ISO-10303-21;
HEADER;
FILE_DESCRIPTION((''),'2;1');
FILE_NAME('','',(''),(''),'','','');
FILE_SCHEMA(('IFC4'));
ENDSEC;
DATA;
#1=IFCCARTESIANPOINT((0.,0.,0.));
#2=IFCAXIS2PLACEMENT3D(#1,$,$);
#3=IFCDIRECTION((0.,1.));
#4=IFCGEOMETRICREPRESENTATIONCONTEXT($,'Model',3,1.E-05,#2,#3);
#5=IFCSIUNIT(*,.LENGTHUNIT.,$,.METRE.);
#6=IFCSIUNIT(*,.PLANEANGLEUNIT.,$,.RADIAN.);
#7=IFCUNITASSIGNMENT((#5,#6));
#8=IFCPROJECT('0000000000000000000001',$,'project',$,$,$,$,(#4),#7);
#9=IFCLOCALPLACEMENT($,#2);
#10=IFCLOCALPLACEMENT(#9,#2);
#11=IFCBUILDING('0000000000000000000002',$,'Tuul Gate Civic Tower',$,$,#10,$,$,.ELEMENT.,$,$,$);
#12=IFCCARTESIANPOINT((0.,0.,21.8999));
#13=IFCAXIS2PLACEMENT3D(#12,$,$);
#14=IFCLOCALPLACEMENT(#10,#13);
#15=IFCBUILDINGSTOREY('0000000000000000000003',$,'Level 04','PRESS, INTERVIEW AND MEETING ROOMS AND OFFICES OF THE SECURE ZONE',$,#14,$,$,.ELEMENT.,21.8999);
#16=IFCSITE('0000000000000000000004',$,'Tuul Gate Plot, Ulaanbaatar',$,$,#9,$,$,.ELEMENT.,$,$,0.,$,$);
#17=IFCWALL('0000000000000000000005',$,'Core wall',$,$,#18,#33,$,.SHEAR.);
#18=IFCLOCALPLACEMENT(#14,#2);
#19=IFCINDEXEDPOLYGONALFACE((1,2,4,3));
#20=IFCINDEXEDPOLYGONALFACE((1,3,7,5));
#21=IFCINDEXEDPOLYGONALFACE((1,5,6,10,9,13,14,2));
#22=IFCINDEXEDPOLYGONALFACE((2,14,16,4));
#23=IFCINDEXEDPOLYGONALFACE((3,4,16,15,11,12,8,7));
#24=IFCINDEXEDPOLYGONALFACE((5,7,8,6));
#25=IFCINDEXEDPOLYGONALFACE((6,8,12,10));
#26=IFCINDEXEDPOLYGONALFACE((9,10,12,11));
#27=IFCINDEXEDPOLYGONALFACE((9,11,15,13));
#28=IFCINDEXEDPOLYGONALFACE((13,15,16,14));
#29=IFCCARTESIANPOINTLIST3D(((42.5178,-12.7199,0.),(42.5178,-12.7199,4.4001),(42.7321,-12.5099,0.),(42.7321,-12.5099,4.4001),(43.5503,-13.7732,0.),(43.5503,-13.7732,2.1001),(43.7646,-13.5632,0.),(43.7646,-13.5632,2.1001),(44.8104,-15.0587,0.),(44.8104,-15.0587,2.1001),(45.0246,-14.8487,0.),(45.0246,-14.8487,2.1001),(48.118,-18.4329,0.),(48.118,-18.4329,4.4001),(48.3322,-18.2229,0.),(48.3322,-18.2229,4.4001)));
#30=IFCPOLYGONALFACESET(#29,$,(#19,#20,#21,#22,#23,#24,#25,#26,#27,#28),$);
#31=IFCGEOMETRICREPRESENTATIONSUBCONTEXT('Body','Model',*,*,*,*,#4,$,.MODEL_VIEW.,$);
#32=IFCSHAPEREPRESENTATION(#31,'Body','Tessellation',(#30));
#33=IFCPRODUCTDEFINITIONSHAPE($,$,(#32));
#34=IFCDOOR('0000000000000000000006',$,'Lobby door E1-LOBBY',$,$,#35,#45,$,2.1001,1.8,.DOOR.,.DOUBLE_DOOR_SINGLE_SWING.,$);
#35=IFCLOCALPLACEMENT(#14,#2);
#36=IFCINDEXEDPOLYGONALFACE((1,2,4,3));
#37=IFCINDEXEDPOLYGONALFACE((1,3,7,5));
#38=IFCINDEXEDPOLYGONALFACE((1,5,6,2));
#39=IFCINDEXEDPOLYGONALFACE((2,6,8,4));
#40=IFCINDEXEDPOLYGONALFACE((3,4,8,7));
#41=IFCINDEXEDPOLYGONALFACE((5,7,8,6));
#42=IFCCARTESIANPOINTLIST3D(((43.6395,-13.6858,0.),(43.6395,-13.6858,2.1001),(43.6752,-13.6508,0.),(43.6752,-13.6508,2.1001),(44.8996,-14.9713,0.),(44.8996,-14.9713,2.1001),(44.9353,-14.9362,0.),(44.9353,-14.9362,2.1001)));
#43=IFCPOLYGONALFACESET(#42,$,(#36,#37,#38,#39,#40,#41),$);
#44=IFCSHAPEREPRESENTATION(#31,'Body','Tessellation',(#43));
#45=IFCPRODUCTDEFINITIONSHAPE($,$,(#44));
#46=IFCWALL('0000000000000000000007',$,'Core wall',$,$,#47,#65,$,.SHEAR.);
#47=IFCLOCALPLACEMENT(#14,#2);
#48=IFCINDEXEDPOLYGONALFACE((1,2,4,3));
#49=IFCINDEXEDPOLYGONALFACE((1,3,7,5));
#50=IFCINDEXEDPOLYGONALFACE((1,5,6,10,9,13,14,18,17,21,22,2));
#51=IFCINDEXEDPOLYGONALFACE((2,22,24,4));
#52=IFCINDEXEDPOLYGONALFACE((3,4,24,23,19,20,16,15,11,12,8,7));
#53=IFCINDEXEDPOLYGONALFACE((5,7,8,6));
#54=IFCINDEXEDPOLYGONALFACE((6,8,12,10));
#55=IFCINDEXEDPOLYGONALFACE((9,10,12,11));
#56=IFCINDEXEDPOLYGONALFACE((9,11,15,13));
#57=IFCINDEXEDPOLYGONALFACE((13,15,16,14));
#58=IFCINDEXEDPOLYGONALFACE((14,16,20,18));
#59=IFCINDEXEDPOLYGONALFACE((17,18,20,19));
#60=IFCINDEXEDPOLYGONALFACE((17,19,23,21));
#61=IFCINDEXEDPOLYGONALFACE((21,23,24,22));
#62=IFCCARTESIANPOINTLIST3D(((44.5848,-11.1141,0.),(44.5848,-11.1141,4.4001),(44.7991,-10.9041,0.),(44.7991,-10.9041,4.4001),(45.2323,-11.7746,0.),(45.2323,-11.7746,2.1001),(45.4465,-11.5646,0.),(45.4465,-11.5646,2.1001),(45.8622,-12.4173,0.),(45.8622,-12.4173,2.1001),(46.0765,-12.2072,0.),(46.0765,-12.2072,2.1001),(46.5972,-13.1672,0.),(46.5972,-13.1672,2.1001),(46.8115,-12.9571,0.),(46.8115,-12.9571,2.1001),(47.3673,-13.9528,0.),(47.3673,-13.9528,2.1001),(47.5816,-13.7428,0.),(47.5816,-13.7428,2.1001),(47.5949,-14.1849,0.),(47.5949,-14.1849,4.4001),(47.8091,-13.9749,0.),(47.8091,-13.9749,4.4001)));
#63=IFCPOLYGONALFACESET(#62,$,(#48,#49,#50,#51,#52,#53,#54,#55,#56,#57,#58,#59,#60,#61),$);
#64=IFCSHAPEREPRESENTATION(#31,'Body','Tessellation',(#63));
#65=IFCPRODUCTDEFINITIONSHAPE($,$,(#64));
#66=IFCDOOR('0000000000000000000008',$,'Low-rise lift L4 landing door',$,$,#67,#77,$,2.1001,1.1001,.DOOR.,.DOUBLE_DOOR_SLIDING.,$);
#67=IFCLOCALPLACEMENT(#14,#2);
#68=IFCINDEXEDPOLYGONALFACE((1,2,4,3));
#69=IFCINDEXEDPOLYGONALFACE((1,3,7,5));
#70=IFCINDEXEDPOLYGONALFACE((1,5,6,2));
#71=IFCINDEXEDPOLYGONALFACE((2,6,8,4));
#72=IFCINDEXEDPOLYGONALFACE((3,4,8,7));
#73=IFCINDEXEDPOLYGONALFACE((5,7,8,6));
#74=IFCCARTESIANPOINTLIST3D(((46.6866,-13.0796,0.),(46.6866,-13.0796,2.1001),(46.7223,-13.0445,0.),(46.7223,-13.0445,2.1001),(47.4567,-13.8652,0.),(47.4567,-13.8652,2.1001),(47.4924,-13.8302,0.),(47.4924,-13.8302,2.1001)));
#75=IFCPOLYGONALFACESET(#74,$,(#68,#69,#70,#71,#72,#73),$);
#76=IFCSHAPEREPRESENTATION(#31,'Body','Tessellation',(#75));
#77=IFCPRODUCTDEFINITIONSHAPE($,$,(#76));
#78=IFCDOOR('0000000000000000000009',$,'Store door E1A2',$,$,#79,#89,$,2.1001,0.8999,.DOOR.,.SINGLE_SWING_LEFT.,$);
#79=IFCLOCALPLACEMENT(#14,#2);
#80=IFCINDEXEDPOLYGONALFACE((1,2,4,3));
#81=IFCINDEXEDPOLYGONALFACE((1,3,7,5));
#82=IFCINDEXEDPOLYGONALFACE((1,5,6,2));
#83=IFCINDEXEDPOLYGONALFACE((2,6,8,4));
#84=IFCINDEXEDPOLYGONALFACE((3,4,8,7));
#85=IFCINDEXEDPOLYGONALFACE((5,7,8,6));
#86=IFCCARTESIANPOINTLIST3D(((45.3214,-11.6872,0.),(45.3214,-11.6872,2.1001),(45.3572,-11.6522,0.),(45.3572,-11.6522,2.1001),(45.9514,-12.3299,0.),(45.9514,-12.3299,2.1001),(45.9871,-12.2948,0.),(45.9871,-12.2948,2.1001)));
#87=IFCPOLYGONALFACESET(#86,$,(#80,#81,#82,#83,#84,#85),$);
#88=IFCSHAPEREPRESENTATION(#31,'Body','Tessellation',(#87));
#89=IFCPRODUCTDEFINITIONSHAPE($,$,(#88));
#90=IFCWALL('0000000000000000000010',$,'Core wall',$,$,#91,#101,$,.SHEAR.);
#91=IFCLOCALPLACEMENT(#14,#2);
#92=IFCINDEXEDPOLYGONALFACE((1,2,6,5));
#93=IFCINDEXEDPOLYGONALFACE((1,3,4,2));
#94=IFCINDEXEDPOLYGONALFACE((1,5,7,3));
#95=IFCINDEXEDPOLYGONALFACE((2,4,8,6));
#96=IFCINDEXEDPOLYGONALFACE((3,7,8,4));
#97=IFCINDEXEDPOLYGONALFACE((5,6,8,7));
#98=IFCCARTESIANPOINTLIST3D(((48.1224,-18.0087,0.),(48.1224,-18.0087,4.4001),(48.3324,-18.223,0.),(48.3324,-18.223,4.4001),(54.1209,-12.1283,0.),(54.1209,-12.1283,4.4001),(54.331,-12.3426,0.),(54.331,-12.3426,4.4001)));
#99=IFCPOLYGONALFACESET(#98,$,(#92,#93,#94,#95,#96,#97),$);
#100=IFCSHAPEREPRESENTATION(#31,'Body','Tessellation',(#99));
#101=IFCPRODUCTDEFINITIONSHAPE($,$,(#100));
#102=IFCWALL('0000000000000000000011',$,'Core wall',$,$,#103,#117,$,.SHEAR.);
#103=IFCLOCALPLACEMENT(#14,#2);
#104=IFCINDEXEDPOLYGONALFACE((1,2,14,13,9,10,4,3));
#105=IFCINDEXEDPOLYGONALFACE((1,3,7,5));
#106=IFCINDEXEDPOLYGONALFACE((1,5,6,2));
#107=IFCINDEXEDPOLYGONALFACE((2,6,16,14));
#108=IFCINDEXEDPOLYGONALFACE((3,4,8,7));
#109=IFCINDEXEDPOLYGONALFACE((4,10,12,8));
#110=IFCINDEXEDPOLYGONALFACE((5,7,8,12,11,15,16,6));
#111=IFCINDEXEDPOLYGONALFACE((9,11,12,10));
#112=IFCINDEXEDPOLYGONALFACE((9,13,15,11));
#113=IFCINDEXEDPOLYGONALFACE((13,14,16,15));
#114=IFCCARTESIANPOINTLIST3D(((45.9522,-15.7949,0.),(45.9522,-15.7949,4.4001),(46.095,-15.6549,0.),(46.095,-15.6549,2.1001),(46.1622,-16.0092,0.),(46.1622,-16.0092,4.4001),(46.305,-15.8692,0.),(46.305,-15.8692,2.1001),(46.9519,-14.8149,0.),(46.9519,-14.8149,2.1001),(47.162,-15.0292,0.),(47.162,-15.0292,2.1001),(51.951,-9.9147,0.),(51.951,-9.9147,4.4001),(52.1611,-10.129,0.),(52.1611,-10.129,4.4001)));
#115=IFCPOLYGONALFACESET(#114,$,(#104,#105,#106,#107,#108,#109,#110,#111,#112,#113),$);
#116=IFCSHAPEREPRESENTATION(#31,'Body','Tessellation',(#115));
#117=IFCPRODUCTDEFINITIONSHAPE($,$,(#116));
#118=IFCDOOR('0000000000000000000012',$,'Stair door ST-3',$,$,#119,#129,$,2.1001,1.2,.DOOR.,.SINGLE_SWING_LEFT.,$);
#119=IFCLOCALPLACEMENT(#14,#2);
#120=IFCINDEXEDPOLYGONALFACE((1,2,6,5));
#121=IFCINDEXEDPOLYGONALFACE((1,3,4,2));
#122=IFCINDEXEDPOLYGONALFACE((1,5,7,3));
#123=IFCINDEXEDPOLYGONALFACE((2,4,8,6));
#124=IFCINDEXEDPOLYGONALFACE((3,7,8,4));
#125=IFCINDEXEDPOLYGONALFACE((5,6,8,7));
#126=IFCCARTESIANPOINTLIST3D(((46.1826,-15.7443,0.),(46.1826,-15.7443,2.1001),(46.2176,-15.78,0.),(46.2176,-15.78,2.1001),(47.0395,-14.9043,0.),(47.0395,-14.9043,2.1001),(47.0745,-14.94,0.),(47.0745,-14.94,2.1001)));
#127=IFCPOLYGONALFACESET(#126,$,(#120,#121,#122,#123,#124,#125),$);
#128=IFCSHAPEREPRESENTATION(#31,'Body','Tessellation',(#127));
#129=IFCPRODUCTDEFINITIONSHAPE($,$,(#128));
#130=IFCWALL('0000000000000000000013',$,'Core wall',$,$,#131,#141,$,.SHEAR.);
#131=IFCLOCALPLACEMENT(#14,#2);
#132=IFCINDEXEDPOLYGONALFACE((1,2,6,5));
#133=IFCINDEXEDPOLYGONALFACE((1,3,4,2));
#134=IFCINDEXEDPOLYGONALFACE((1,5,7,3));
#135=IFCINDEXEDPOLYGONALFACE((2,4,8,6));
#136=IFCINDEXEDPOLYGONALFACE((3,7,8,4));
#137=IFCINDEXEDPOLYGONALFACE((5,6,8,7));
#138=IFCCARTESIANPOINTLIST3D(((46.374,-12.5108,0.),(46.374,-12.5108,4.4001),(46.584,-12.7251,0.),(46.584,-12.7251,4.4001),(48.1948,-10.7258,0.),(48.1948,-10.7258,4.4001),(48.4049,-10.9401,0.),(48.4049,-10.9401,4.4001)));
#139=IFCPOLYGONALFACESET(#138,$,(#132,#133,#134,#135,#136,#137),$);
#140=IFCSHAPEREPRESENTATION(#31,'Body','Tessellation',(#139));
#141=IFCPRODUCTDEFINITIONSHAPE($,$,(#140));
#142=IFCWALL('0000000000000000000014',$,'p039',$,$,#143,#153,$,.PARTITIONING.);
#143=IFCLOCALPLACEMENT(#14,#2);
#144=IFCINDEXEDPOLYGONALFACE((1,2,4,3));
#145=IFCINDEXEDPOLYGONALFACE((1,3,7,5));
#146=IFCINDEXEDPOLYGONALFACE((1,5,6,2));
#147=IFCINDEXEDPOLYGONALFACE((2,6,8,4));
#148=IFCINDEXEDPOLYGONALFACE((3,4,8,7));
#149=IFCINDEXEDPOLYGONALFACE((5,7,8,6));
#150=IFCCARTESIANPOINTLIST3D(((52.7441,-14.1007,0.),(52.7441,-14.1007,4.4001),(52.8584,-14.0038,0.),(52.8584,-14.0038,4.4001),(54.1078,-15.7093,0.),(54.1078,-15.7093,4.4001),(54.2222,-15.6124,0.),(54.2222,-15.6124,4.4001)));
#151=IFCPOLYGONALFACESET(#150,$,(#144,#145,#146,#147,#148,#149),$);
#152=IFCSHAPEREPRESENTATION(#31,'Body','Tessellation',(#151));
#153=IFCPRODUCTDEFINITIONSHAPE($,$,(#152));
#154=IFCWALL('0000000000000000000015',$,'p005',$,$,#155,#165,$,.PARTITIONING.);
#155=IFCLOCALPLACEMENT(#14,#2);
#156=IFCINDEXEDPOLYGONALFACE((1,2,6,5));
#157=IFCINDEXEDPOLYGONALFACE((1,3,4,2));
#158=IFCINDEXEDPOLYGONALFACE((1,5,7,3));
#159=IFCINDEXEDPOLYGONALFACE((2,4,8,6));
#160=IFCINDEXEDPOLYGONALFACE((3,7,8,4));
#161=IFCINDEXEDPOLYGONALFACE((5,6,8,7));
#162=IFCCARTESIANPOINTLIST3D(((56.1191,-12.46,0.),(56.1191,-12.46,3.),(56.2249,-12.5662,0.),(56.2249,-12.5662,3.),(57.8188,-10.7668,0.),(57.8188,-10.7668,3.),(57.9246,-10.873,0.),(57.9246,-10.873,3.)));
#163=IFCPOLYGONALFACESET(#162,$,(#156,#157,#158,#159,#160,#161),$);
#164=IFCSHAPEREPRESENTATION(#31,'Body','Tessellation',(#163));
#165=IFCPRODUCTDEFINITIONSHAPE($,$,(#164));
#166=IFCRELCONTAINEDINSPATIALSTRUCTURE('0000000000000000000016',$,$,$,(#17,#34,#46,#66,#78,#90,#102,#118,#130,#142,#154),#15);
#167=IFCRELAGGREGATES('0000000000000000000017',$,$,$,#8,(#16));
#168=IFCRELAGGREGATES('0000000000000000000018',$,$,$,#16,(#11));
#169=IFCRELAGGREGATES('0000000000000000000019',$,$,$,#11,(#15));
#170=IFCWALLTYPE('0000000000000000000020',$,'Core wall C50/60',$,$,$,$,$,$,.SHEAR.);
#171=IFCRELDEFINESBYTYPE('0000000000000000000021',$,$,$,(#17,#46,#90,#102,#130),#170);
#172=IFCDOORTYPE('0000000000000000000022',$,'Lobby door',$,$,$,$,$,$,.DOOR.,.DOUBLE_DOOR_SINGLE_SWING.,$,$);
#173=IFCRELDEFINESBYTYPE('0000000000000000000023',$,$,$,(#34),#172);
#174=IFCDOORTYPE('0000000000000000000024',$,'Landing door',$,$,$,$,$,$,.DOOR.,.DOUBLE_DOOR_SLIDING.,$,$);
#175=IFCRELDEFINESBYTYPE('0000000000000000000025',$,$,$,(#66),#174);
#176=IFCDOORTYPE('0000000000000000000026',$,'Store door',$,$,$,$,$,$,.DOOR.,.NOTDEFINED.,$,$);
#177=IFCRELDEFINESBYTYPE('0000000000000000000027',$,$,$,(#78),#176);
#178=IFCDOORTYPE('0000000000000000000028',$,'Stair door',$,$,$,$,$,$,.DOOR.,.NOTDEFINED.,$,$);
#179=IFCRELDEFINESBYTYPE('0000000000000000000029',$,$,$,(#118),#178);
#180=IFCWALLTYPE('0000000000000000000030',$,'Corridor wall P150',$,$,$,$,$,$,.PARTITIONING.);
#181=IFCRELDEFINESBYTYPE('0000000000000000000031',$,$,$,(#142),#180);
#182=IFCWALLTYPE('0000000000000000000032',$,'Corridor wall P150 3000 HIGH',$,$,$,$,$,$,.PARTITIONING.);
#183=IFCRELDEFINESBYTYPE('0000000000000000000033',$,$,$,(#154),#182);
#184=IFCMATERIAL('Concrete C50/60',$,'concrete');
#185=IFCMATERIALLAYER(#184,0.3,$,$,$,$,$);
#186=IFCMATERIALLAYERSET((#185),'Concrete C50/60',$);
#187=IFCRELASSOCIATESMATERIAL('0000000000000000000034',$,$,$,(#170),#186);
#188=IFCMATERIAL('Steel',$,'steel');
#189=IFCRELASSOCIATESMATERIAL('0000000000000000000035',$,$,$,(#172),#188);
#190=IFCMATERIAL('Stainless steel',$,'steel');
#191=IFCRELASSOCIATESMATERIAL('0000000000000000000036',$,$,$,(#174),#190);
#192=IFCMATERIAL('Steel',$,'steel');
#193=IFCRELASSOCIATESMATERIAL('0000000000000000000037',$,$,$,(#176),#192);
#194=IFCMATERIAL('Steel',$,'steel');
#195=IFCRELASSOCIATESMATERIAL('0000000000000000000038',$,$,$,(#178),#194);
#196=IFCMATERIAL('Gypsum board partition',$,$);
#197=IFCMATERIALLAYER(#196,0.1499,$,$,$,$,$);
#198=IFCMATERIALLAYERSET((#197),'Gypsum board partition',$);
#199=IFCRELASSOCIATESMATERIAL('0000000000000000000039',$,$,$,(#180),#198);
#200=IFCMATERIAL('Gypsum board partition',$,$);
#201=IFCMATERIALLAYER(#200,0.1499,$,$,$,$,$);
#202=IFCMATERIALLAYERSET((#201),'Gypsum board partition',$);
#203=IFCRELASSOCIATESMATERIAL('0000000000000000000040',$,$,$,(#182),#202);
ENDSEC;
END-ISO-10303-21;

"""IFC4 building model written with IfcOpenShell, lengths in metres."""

from ifc_helpers import new_model, si_unit, direction, frame, frame_2d, origin, place, context, subcontext, project, spatial, rectangle, extrude, material, layer, layer_set, type_object, element, fill, save


model = new_model("IFC4")

# Units and contexts
model_context = context("Model", 3, precision=1e-05, world=origin(), true_north=direction((0.0, 1.0)))
body_context = subcontext(model_context, "Body", "Model", "MODEL_VIEW")
ifc_project = project(units=[si_unit("LENGTHUNIT", "METRE"), si_unit("PLANEANGLEUNIT", "RADIAN")], contexts=[model_context])

# Site, building, storey
site_placement = place(None, origin())
site = spatial("IfcSite", under=ifc_project, at=site_placement, Name="Tuul Gate Plot, Ulaanbaatar", CompositionType="ELEMENT", RefElevation=0.0)
building_placement = place(site_placement, origin())
building = spatial("IfcBuilding", under=site, at=building_placement, Name="Tuul Gate Civic Tower", CompositionType="ELEMENT")
storey_placement = place(building_placement, frame((0.0, 0.0, 21.8999)))
storey = spatial("IfcBuildingStorey", under=building, at=storey_placement, Name="Level 04", Description="PRESS, INTERVIEW AND MEETING ROOMS AND OFFICES OF THE SECURE ZONE", CompositionType="ELEMENT", Elevation=21.8999)

# Wall, opening, door
ifc_material_1 = material(Name="Concrete C50/60", Category="concrete")
ifc_layer_1 = layer(ifc_material_1, 0.3)
ifc_layer_set_1 = layer_set([ifc_layer_1], Name="Concrete C50/60")
wall_type_1 = type_object("IfcWallType", Name="Core wall C50/60", PredefinedType="SHEAR", material=ifc_layer_set_1)
wall_1_placement = place(storey_placement, frame((48.2251, -18.3279, 0.0), z_axis=(0.0, 0.0, 1.0), x_axis=(-0.700022, 0.714121, 0.0)))
wall_1 = element("IfcWall", 1, at=wall_1_placement, inside=storey, type_object=wall_type_1, Name="Core wall", PredefinedType="SHEAR", context=body_context, shape_type="SweptSolid", body=[
    extrude(rectangle(XDim=8.0, YDim=0.3, at=frame_2d((4.0, 0.0))), origin(), (0.0, 0.0, 1.0), 4.4001),
])
opening_1_placement = place(wall_1_placement, frame((4.7251, 0.0, 0.0)))
opening_1 = element("IfcOpeningElement", 2, at=opening_1_placement, cuts=wall_1, PredefinedType="OPENING", context=body_context, shape_type="SweptSolid", body=[
    extrude(rectangle(XDim=1.8, YDim=2.1001, at=frame_2d((0.8999, 1.05))), frame((0.0, 0.1602, 0.0), z_axis=(0.0, -1.0, 0.0), x_axis=(1.0, 0.0, 0.0)), (0.0, 0.0, 1.0), 0.3201),
])
ifc_material_2 = material(Name="Steel", Category="steel")
door_type_1 = type_object("IfcDoorType", Name="Lobby door", OperationType="DOUBLE_DOOR_SINGLE_SWING", PredefinedType="DOOR", material=ifc_material_2)
door_1_placement = place(opening_1_placement, frame((1.8, 0.0, 0.0), z_axis=(0.0, 0.0, 1.0), x_axis=(-1.0, 0.0, 0.0)))
door_1 = element("IfcDoor", 3, at=door_1_placement, inside=storey, type_object=door_type_1, Name="Lobby door E1-LOBBY", OperationType="DOUBLE_DOOR_SINGLE_SWING", OverallHeight=2.1001, OverallWidth=1.8, PredefinedType="DOOR", context=body_context, shape_type="SweptSolid", body=[
    extrude(rectangle(XDim=1.8, YDim=2.1001, at=frame_2d((0.9001, 1.05))), frame((0.0, 0.0249, 0.0), z_axis=(0.0, -1.0, 0.0), x_axis=(1.0, 0.0, 0.0)), (0.0, 0.0, 1.0), 0.05),
])
fill(opening_1, door_1)

# Wall, openings, doors
wall_2_placement = place(storey_placement, frame((47.7019, -14.0798, 0.0), z_axis=(0.0, 0.0, 1.0), x_axis=(-0.700003, 0.71414, 0.0)))
wall_2 = element("IfcWall", 4, at=wall_2_placement, inside=storey, type_object=wall_type_1, Name="Core wall", PredefinedType="SHEAR", context=body_context, shape_type="SweptSolid", body=[
    extrude(rectangle(XDim=4.3, YDim=0.3, at=frame_2d((2.1499, 0.0))), origin(), (0.0, 0.0, 1.0), 4.4001),
])
opening_2_placement = place(wall_2_placement, frame((0.325, 0.0, 0.0)))
opening_2 = element("IfcOpeningElement", 5, at=opening_2_placement, cuts=wall_2, PredefinedType="OPENING", context=body_context, shape_type="SweptSolid", body=[
    extrude(rectangle(XDim=1.1001, YDim=2.1001, at=frame_2d((0.55, 1.05))), frame((0.0, 0.1602, 0.0), z_axis=(0.0, -1.0, 0.0), x_axis=(1.0, 0.0, 0.0)), (0.0, 0.0, 1.0), 0.3201),
])
opening_3_placement = place(wall_2_placement, frame((2.4751, 0.0, 0.0)))
opening_3 = element("IfcOpeningElement", 6, at=opening_3_placement, cuts=wall_2, PredefinedType="OPENING", context=body_context, shape_type="SweptSolid", body=[
    extrude(rectangle(XDim=0.8999, YDim=2.1001, at=frame_2d((0.45, 1.05))), frame((0.0, 0.1602, 0.0), z_axis=(0.0, -1.0, 0.0), x_axis=(1.0, 0.0, 0.0)), (0.0, 0.0, 1.0), 0.3201),
])
ifc_material_3 = material(Name="Stainless steel", Category="steel")
door_type_2 = type_object("IfcDoorType", Name="Landing door", OperationType="DOUBLE_DOOR_SLIDING", PredefinedType="DOOR", material=ifc_material_3)
door_2_placement = place(opening_2_placement, origin())
door_2 = element("IfcDoor", 7, at=door_2_placement, inside=storey, type_object=door_type_2, Name="Low-rise lift L4 landing door", OperationType="DOUBLE_DOOR_SLIDING", OverallHeight=2.1001, OverallWidth=1.1001, PredefinedType="DOOR", context=body_context, shape_type="SweptSolid", body=[
    extrude(rectangle(XDim=1.1001, YDim=2.1001, at=frame_2d((0.55, 1.05))), frame((0.0, 0.0249, 0.0), z_axis=(0.0, -1.0, 0.0), x_axis=(1.0, 0.0, 0.0)), (0.0, 0.0, 1.0), 0.05),
])
fill(opening_2, door_2)
ifc_material_4 = material(Name="Steel", Category="steel")
door_type_3 = type_object("IfcDoorType", Name="Store door", OperationType="NOTDEFINED", PredefinedType="DOOR", material=ifc_material_4)
door_3_placement = place(opening_3_placement, frame((0.8999, 0.0, 0.0), z_axis=(0.0, 0.0, 1.0), x_axis=(-1.0, 0.0, 0.0)))
door_3 = element("IfcDoor", 8, at=door_3_placement, inside=storey, type_object=door_type_3, Name="Store door E1A2", OperationType="SINGLE_SWING_LEFT", OverallHeight=2.1001, OverallWidth=0.8999, PredefinedType="DOOR", context=body_context, shape_type="SweptSolid", body=[
    extrude(rectangle(XDim=0.8999, YDim=2.1001, at=frame_2d((0.45, 1.05))), frame((0.0, 0.0249, 0.0), z_axis=(0.0, -1.0, 0.0), x_axis=(1.0, 0.0, 0.0)), (0.0, 0.0, 1.0), 0.05),
])
fill(opening_3, door_3)

# Wall
wall_3_placement = place(storey_placement, frame((48.2273, -18.116, 0.0), z_axis=(0.0, 0.0, 1.0), x_axis=(0.714105, 0.700038, 0.0)))
element("IfcWall", 9, at=wall_3_placement, inside=storey, type_object=wall_type_1, Name="Core wall", PredefinedType="SHEAR", context=body_context, shape_type="SweptSolid", body=[
    extrude(rectangle(XDim=8.4001, YDim=0.3, at=frame_2d((4.2002, 0.0))), origin(), (0.0, 0.0, 1.0), 4.4001),
])

# Wall, opening, door
wall_4_placement = place(storey_placement, frame((46.0571, -15.9021, 0.0), z_axis=(0.0, 0.0, 1.0), x_axis=(0.714134, 0.700009, 0.0)))
wall_4 = element("IfcWall", 10, at=wall_4_placement, inside=storey, type_object=wall_type_1, Name="Core wall", PredefinedType="SHEAR", context=body_context, shape_type="SweptSolid", body=[
    extrude(rectangle(XDim=8.4001, YDim=0.3, at=frame_2d((4.2002, 0.0))), origin(), (0.0, 0.0, 1.0), 4.4001),
])
opening_4_placement = place(wall_4_placement, frame((0.2, 0.0, 0.0)))
opening_4 = element("IfcOpeningElement", 11, at=opening_4_placement, cuts=wall_4, PredefinedType="OPENING", context=body_context, shape_type="SweptSolid", body=[
    extrude(rectangle(XDim=1.2, YDim=2.1001, at=frame_2d((0.6001, 1.05))), frame((0.0, 0.1602, 0.0), z_axis=(0.0, -1.0, 0.0), x_axis=(1.0, 0.0, 0.0)), (0.0, 0.0, 1.0), 0.3201),
])
ifc_material_5 = material(Name="Steel", Category="steel")
door_type_4 = type_object("IfcDoorType", Name="Stair door", OperationType="NOTDEFINED", PredefinedType="DOOR", material=ifc_material_5)
door_4_placement = place(opening_4_placement, origin())
door_4 = element("IfcDoor", 12, at=door_4_placement, inside=storey, type_object=door_type_4, Name="Stair door ST-3", OperationType="SINGLE_SWING_LEFT", OverallHeight=2.1001, OverallWidth=1.2, PredefinedType="DOOR", context=body_context, shape_type="SweptSolid", body=[
    extrude(rectangle(XDim=1.2, YDim=2.1001, at=frame_2d((0.6001, 1.05))), frame((0.0, 0.0249, 0.0), z_axis=(0.0, -1.0, 0.0), x_axis=(1.0, 0.0, 0.0)), (0.0, 0.0, 1.0), 0.05),
])
fill(opening_4, door_4)

# Walls
wall_5_placement = place(storey_placement, frame((46.479, -12.6179, 0.0), z_axis=(0.0, 0.0, 1.0), x_axis=(0.714109, 0.700034, 0.0)))
element("IfcWall", 13, at=wall_5_placement, inside=storey, type_object=wall_type_1, Name="Core wall", PredefinedType="SHEAR", context=body_context, shape_type="SweptSolid", body=[
    extrude(rectangle(XDim=2.5498, YDim=0.3, at=frame_2d((1.2749, 0.0))), origin(), (0.0, 0.0, 1.0), 4.4001),
])
ifc_material_6 = material(Name="Gypsum board partition")
ifc_layer_2 = layer(ifc_material_6, 0.1499)
ifc_layer_set_2 = layer_set([ifc_layer_2], Name="Gypsum board partition")
wall_type_2 = type_object("IfcWallType", Name="Corridor wall P150", PredefinedType="PARTITIONING", material=ifc_layer_set_2)
wall_6_placement = place(storey_placement, frame((52.8013, -14.0522, 0.0), z_axis=(0.0, 0.0, 1.0), x_axis=(0.646663, -0.762776, 0.0)))
element("IfcWall", 14, at=wall_6_placement, inside=storey, type_object=wall_type_2, Name="p039", PredefinedType="PARTITIONING", context=body_context, shape_type="SweptSolid", body=[
    extrude(rectangle(XDim=2.1089, YDim=0.1499, at=frame_2d((1.0544, 0.0))), origin(), (0.0, 0.0, 1.0), 4.4001),
])
ifc_material_7 = material(Name="Gypsum board partition")
ifc_layer_3 = layer(ifc_material_7, 0.1499)
ifc_layer_set_3 = layer_set([ifc_layer_3], Name="Gypsum board partition")
wall_type_3 = type_object("IfcWallType", Name="Corridor wall P150 3000 HIGH", PredefinedType="PARTITIONING", material=ifc_layer_set_3)
wall_7_placement = place(storey_placement, frame((56.1719, -12.5132, 0.0), z_axis=(0.0, 0.0, 1.0), x_axis=(0.708479, 0.705732, 0.0)))
element("IfcWall", 15, at=wall_7_placement, inside=storey, type_object=wall_type_3, Name="p005", PredefinedType="PARTITIONING", context=body_context, shape_type="SweptSolid", body=[
    extrude(rectangle(XDim=2.3992, YDim=0.1499, at=frame_2d((1.1997, 0.0))), origin(), (0.0, 0.0, 1.0), 3.0),
])

save(model, "model.ifc")
